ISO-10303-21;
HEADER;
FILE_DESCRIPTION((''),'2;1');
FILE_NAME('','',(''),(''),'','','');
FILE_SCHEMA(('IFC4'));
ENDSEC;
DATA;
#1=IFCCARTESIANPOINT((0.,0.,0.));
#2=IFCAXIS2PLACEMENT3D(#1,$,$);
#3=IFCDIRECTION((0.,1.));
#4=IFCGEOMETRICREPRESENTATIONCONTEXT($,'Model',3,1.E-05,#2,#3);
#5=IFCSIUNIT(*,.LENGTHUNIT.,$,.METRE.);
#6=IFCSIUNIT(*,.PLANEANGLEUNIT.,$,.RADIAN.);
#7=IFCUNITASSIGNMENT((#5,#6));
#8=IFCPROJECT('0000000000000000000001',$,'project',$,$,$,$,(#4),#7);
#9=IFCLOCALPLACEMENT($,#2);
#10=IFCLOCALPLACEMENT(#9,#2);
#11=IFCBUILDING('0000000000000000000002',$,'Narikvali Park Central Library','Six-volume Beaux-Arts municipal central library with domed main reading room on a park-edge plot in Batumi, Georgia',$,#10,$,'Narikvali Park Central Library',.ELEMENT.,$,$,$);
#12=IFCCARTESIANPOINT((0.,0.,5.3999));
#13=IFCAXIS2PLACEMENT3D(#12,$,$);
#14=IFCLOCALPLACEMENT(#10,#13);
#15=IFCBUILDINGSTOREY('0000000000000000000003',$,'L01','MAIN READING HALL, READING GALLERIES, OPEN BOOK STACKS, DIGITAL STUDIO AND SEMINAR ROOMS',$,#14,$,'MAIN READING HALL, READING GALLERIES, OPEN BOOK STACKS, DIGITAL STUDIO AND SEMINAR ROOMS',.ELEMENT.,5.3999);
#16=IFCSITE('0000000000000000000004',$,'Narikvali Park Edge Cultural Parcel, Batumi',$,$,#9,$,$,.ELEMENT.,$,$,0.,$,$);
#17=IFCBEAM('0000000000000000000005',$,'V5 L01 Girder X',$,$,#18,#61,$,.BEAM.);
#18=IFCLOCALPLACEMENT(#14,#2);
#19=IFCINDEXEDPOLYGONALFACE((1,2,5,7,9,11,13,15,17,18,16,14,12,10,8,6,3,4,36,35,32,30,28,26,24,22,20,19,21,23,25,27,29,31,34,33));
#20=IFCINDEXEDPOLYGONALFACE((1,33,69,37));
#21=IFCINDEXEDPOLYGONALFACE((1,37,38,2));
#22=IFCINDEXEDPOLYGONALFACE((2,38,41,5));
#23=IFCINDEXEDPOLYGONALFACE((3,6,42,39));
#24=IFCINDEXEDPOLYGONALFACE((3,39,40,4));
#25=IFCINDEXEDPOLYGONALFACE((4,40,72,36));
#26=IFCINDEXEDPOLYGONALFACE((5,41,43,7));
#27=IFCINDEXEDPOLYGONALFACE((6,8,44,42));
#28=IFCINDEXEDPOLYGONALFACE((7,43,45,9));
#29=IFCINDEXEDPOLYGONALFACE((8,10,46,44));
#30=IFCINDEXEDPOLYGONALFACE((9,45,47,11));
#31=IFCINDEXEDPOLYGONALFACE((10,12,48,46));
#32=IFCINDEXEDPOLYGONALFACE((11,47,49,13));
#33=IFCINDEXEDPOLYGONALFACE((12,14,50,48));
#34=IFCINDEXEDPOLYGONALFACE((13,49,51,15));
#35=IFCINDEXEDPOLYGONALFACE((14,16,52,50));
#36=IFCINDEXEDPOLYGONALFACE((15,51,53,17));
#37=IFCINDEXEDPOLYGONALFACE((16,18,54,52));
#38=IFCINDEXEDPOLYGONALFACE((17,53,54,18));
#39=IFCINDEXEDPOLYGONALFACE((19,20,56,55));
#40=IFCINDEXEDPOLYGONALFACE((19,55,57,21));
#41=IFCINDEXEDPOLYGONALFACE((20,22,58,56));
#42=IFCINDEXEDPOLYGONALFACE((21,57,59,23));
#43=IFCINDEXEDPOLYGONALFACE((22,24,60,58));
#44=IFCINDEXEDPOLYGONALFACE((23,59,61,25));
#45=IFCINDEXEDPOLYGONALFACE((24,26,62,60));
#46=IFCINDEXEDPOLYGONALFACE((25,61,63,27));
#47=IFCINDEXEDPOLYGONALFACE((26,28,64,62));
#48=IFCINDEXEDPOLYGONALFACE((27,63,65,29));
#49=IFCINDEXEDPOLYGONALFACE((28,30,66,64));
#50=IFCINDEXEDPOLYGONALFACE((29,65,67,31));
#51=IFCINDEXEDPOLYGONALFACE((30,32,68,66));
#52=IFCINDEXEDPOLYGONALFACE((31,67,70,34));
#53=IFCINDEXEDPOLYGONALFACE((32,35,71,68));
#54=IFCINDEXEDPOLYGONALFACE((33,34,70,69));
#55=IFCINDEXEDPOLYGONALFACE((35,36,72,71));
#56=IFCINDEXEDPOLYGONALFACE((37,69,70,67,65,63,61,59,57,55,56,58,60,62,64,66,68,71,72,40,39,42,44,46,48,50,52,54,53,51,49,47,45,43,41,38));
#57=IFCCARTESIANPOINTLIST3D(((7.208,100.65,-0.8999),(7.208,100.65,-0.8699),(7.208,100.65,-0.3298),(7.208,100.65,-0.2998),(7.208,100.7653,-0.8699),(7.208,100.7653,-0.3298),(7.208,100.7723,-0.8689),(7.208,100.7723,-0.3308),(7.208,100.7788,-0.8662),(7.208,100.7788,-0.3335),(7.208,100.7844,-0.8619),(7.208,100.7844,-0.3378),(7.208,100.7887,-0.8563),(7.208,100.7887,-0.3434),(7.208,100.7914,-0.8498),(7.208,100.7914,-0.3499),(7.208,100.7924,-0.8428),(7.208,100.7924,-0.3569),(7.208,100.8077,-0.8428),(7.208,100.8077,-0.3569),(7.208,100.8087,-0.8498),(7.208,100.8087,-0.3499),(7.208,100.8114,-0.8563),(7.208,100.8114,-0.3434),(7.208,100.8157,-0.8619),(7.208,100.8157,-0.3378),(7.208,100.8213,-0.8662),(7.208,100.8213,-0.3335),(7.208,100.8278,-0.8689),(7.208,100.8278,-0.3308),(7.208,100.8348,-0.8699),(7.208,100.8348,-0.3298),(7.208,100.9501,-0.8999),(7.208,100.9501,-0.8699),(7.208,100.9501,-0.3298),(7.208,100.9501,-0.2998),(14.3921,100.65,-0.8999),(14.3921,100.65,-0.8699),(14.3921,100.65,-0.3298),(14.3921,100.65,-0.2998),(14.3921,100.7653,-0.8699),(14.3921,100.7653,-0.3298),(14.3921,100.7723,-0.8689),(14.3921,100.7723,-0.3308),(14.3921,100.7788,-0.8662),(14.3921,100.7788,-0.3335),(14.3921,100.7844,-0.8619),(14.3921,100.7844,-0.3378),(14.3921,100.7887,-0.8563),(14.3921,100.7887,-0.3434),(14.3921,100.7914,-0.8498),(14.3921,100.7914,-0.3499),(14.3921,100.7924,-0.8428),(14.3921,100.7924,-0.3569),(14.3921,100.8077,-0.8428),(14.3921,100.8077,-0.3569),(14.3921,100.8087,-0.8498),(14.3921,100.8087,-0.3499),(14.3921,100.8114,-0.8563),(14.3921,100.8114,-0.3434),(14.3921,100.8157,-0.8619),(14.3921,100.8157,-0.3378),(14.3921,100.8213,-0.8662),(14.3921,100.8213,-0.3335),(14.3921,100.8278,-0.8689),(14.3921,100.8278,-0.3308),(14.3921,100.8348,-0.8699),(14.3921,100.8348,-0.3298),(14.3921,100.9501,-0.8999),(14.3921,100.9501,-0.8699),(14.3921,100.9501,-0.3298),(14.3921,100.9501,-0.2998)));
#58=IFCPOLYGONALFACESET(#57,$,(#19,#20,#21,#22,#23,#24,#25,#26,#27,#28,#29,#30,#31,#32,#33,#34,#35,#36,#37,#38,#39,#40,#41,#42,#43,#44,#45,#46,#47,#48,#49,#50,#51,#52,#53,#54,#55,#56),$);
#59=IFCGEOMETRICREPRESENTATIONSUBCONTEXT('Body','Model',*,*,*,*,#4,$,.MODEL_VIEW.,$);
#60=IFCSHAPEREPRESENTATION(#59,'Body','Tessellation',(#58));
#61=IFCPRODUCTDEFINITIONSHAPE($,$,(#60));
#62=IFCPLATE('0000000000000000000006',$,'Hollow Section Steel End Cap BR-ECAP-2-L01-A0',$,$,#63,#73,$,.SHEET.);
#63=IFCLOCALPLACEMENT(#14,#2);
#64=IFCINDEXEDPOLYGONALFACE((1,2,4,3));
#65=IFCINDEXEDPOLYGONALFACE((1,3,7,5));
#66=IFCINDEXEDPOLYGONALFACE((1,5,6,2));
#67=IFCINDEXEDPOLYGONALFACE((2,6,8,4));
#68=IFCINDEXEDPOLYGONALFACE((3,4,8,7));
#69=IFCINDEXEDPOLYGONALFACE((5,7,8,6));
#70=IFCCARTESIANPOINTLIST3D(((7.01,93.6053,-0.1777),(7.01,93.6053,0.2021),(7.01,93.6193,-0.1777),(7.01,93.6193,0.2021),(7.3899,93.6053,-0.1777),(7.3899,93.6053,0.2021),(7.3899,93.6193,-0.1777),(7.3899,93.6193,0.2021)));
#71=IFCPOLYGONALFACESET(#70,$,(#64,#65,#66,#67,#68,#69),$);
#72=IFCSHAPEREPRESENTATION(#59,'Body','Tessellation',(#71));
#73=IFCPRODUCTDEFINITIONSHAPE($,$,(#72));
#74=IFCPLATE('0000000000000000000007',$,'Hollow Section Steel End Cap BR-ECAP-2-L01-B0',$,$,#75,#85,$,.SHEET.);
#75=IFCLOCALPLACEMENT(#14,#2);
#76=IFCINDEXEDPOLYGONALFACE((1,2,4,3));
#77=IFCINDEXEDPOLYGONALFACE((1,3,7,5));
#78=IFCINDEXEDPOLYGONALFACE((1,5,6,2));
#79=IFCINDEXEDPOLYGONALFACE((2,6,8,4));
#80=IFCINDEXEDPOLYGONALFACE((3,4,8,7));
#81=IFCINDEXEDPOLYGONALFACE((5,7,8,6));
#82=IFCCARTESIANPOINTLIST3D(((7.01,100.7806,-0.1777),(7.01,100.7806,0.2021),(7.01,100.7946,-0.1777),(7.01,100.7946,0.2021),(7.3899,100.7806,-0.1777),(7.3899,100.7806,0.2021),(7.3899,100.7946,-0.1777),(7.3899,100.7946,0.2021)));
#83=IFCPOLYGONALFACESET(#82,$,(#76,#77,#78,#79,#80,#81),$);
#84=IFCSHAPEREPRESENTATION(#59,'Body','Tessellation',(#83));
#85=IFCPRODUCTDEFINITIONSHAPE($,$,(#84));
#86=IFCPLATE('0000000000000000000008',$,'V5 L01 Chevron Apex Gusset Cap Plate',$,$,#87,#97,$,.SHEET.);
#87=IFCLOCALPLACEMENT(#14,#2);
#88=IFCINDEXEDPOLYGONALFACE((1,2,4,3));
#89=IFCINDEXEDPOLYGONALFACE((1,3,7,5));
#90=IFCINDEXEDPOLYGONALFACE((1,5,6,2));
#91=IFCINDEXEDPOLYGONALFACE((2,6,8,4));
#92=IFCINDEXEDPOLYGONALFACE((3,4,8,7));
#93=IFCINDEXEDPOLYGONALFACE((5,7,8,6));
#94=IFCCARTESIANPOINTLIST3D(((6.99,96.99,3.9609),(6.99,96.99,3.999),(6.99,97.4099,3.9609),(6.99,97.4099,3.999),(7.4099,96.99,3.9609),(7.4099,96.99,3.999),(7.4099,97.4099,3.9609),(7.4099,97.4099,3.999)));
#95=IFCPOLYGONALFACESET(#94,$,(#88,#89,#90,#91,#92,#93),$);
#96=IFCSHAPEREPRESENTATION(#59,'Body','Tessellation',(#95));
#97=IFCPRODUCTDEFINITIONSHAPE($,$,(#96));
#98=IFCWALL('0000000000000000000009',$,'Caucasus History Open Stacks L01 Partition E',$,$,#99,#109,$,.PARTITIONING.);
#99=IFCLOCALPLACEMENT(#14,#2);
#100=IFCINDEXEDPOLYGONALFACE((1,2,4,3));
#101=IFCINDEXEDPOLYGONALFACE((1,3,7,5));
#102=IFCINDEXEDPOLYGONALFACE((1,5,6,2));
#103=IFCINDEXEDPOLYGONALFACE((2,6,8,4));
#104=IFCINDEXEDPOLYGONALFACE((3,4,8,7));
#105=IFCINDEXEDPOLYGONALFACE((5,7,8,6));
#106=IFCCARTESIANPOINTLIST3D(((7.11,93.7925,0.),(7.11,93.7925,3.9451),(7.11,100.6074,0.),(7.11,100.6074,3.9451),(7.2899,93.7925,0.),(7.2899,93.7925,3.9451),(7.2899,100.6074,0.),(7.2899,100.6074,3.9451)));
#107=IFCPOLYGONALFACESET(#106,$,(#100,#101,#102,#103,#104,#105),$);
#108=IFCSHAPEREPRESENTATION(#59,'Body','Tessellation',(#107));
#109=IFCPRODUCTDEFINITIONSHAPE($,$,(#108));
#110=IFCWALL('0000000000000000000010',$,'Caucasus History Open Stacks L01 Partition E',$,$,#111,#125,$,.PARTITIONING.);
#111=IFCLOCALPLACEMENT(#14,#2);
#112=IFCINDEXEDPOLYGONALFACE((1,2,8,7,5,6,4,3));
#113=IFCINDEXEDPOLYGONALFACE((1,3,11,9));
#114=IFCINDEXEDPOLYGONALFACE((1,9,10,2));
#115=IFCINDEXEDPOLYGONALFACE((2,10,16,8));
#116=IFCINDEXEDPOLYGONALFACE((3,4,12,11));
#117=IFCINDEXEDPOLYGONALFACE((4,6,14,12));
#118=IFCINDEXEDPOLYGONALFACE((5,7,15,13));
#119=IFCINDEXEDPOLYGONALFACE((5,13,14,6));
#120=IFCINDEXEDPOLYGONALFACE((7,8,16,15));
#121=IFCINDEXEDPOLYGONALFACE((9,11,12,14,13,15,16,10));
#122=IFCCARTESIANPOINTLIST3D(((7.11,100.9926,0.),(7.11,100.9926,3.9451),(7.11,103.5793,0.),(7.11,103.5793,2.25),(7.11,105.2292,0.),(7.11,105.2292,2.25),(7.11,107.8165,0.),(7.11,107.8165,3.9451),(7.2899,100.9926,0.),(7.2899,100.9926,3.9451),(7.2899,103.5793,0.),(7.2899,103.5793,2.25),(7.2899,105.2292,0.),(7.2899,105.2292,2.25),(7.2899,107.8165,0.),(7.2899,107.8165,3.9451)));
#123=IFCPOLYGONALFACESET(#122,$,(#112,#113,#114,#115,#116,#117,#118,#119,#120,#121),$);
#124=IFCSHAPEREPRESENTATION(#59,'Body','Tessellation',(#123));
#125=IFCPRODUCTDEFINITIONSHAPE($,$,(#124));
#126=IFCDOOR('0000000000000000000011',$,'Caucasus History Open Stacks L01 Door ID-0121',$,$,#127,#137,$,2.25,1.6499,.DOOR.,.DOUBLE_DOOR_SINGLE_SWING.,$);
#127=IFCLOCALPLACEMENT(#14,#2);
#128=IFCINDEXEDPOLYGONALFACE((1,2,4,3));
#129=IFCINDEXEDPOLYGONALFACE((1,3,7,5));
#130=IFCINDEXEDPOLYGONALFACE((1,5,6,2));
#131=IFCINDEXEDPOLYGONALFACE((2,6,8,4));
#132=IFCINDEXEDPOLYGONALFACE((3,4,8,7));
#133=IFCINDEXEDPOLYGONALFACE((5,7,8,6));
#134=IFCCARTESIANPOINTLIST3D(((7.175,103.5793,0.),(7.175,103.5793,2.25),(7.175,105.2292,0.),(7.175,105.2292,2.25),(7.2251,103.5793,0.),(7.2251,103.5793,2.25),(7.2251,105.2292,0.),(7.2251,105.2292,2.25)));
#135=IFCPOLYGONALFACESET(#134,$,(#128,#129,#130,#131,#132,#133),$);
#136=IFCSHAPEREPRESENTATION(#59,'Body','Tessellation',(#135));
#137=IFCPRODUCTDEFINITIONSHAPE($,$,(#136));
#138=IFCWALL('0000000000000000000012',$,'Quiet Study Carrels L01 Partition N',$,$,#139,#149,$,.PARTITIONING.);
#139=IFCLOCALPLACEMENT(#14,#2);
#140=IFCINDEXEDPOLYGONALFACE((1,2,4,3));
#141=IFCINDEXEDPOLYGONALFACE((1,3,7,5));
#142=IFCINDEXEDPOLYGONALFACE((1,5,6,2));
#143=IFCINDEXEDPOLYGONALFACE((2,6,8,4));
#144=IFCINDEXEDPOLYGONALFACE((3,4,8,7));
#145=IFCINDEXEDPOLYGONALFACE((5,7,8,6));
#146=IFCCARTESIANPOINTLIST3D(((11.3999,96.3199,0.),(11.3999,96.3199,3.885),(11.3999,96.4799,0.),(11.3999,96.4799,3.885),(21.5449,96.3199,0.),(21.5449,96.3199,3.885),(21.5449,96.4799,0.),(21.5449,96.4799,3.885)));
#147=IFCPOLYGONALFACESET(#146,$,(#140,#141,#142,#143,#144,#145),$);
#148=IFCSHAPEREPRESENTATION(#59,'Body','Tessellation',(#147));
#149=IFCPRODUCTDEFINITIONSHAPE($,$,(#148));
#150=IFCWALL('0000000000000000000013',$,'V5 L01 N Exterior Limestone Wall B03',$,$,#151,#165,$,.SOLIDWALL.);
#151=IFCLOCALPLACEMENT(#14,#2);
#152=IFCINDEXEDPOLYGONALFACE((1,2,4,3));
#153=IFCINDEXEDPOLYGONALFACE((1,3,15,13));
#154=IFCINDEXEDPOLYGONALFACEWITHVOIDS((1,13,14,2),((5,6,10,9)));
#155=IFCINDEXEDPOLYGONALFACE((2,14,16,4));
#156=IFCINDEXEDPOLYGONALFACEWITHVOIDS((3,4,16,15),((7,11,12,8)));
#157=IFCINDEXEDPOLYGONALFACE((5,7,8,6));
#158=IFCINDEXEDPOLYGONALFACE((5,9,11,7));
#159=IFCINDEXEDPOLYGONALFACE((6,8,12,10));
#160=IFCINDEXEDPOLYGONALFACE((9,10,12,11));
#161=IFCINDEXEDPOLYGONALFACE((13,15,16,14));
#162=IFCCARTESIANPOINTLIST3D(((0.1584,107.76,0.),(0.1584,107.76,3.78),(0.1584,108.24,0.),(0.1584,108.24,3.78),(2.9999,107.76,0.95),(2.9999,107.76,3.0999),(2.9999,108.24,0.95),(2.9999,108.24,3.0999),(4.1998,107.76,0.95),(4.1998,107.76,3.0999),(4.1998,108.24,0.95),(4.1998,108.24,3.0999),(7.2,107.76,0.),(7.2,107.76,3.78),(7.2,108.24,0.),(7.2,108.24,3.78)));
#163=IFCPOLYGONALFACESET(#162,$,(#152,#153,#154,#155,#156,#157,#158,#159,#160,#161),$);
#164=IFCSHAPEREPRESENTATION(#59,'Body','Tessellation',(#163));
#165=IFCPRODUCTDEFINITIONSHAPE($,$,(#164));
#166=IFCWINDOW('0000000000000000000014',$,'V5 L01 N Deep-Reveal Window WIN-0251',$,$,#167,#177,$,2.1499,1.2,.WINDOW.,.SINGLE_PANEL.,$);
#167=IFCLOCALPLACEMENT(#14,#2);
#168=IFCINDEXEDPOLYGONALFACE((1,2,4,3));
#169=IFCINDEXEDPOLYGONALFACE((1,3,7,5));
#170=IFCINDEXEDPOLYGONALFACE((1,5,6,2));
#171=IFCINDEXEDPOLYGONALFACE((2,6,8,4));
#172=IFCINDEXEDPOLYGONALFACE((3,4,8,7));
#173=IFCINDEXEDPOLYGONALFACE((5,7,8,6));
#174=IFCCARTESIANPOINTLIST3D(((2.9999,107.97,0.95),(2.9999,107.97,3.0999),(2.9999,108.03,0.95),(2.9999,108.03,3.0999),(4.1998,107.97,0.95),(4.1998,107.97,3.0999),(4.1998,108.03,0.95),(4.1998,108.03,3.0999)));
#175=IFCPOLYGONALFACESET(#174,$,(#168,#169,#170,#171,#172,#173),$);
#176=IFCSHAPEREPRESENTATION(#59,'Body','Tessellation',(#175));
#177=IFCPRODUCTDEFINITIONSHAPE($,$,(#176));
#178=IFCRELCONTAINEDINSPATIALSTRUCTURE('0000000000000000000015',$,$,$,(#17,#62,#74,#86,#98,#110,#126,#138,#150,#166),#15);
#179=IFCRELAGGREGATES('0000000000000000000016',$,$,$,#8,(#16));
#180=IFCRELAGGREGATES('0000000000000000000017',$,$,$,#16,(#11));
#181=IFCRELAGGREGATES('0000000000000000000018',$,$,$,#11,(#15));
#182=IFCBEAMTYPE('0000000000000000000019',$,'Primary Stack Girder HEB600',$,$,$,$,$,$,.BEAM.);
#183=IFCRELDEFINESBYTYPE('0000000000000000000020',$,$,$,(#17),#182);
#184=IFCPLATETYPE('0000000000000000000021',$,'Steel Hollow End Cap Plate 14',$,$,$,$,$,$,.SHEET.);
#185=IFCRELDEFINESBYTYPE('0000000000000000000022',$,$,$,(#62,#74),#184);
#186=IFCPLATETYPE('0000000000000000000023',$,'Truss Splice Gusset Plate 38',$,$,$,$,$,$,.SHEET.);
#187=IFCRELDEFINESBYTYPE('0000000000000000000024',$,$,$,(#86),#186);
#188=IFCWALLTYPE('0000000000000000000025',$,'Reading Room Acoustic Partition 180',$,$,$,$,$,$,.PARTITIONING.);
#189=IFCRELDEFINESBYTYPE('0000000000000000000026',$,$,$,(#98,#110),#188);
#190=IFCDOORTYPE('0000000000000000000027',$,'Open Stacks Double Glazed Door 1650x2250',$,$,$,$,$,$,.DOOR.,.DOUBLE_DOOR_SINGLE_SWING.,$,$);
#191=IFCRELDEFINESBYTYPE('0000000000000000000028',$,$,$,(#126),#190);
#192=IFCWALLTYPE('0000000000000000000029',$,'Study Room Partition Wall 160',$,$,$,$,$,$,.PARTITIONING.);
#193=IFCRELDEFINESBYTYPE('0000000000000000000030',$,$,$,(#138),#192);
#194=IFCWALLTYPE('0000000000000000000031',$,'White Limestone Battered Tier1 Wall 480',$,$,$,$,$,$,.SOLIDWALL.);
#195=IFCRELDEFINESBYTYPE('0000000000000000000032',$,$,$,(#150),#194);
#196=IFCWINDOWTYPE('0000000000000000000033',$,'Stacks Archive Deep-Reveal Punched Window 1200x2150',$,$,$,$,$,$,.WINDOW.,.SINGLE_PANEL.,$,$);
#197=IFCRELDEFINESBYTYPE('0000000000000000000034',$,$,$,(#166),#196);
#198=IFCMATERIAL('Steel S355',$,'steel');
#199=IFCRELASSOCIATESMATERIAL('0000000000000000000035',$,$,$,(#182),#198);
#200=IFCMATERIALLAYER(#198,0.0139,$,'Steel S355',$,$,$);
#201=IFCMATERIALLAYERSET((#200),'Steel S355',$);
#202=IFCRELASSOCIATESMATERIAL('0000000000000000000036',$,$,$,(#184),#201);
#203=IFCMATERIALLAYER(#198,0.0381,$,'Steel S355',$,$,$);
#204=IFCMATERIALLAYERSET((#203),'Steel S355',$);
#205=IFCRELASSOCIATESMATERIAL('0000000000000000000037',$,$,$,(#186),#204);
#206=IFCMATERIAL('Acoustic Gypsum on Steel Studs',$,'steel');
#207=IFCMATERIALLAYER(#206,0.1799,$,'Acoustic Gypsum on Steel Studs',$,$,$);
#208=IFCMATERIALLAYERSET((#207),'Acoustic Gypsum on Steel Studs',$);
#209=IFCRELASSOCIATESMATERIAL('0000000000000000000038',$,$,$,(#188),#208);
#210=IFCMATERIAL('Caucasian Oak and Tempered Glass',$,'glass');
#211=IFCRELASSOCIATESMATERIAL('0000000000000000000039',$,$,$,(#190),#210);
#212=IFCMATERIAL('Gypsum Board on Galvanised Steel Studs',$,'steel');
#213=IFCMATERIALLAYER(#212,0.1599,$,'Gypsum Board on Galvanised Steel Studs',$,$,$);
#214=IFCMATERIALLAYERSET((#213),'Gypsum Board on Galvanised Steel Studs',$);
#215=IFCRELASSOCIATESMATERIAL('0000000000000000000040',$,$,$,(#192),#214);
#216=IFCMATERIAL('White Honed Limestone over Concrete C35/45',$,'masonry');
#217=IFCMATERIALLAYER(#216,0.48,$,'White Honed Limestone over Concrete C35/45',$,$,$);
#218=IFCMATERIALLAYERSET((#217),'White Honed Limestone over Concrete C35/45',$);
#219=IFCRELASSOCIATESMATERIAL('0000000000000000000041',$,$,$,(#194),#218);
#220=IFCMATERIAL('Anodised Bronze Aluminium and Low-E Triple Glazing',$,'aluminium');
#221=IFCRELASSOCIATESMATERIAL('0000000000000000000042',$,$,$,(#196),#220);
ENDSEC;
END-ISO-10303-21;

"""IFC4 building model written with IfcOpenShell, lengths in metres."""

from ifc_helpers import new_model, si_unit, direction, frame, frame_2d, origin, origin_2d, place, context, subcontext, project, spatial, rectangle, i_section, extrude, material, layer, layer_set, material_profile, profile_set, type_object, element, fill, save


model = new_model("IFC4")

# Units and contexts
model_context = context("Model", 3, precision=1e-05, world=origin(), true_north=direction((0.0, 1.0)))
body_context = subcontext(model_context, "Body", "Model", "MODEL_VIEW")
ifc_project = project(units=[si_unit("LENGTHUNIT", "METRE"), si_unit("PLANEANGLEUNIT", "RADIAN")], contexts=[model_context])

# Site, building, storey
site_placement = place(None, origin())
site = spatial("IfcSite", under=ifc_project, at=site_placement, Name="Narikvali Park Edge Cultural Parcel, Batumi", CompositionType="ELEMENT", RefElevation=0.0)
building_placement = place(site_placement, origin())
building = spatial("IfcBuilding", under=site, at=building_placement, Name="Narikvali Park Central Library", Description="Six-volume Beaux-Arts municipal central library with domed main reading room on a park-edge plot in Batumi, Georgia", LongName="Narikvali Park Central Library", CompositionType="ELEMENT")
storey_placement = place(building_placement, frame((0.0, 0.0, 5.3999)))
storey = spatial("IfcBuildingStorey", under=building, at=storey_placement, Name="L01", Description="MAIN READING HALL, READING GALLERIES, OPEN BOOK STACKS, DIGITAL STUDIO AND SEMINAR ROOMS", LongName="MAIN READING HALL, READING GALLERIES, OPEN BOOK STACKS, DIGITAL STUDIO AND SEMINAR ROOMS", CompositionType="ELEMENT", Elevation=5.3999)

# Shared definitions
ifc_material_1 = material(Name="Steel S355", Category="steel")

# Beam
ifc_material_profile_1 = material_profile(ifc_material_1, i_section(OverallWidth=0.3, OverallDepth=0.6001, WebThickness=0.0154, FlangeThickness=0.03, FilletRadius=0.0271, at=origin_2d()), Name="HEB 600")
ifc_profile_set_1 = profile_set([ifc_material_profile_1], Name="Steel S355")
beam_type_1 = type_object("IfcBeamType", Name="Primary Stack Girder HEB600", PredefinedType="BEAM", material=ifc_profile_set_1)
beam_1_placement = place(storey_placement, frame((7.208, 100.8, -0.5999), z_axis=(1.0, 0.0, 0.0), x_axis=(0.0, 1.0, 0.0)))
element("IfcBeam", 1, at=beam_1_placement, inside=storey, type_object=beam_type_1, Name="V5 L01 Girder X", PredefinedType="BEAM", context=body_context, shape_type="SweptSolid", body=[
    extrude(i_section(OverallWidth=0.3, OverallDepth=0.6001, WebThickness=0.0154, FlangeThickness=0.03, FilletRadius=0.0271, at=origin_2d()), origin(), (0.0, 0.0, 1.0), 7.1841),
])

# Plates
ifc_layer_1 = layer(ifc_material_1, 0.0139, Name="Steel S355")
ifc_layer_set_1 = layer_set([ifc_layer_1], Name="Steel S355")
plate_type_1 = type_object("IfcPlateType", Name="Steel Hollow End Cap Plate 14", PredefinedType="SHEET", material=ifc_layer_set_1)
for number, where, z_axis, x_axis, name in (
    (2, (7.2, 93.6123, -0.1777), (0.0, 0.0, 1.0), (-1.0, 0.0, 0.0), "Hollow Section Steel End Cap BR-ECAP-2-L01-A0"),
    (3, (7.2, 100.7876, -0.1777), (0.0, 0.0, 1.0), (1.0, 0.0, 0.0), "Hollow Section Steel End Cap BR-ECAP-2-L01-B0"),
):
    element("IfcPlate", number, at=place(storey_placement, frame(where, z_axis=z_axis, x_axis=x_axis)), inside=storey, type_object=plate_type_1, Name=name, PredefinedType="SHEET", context=body_context, shape_type="SweptSolid", body=[
        extrude(rectangle(XDim=0.3799, YDim=0.0139, at=origin_2d()), origin(), (0.0, 0.0, 1.0), 0.3799),
    ])
ifc_layer_2 = layer(ifc_material_1, 0.0381, Name="Steel S355")
ifc_layer_set_2 = layer_set([ifc_layer_2], Name="Steel S355")
plate_type_2 = type_object("IfcPlateType", Name="Truss Splice Gusset Plate 38", PredefinedType="SHEET", material=ifc_layer_set_2)
plate_placement = place(storey_placement, frame((7.2, 97.2, 3.9609), z_axis=(0.0, 0.0, 1.0), x_axis=(1.0, 0.0, 0.0)))
element("IfcPlate", 4, at=plate_placement, inside=storey, type_object=plate_type_2, Name="V5 L01 Chevron Apex Gusset Cap Plate", PredefinedType="SHEET", context=body_context, shape_type="SweptSolid", body=[
    extrude(rectangle(XDim=0.4199, YDim=0.4199, at=origin_2d()), origin(), (0.0, 0.0, 1.0), 0.0381),
])

# Wall
ifc_material_2 = material(Name="Acoustic Gypsum on Steel Studs", Category="steel")
ifc_layer_3 = layer(ifc_material_2, 0.1799, Name="Acoustic Gypsum on Steel Studs")
ifc_layer_set_3 = layer_set([ifc_layer_3], Name="Acoustic Gypsum on Steel Studs")
wall_type_1 = type_object("IfcWallType", Name="Reading Room Acoustic Partition 180", PredefinedType="PARTITIONING", material=ifc_layer_set_3)
wall_1_placement = place(storey_placement, frame((7.2, 93.7925, 0.0), z_axis=(0.0, 0.0, 1.0), x_axis=(0.0, 1.0, 0.0)))
element("IfcWall", 5, at=wall_1_placement, inside=storey, type_object=wall_type_1, Name="Caucasus History Open Stacks L01 Partition E", PredefinedType="PARTITIONING", context=body_context, shape_type="SweptSolid", body=[
    extrude(rectangle(XDim=6.8149, YDim=0.1799, at=frame_2d((3.4075, 0.0))), origin(), (0.0, 0.0, 1.0), 3.9451),
])

# Wall, opening, door
wall_2_placement = place(storey_placement, frame((7.2, 100.9924, 0.0), z_axis=(0.0, 0.0, 1.0), x_axis=(0.0, 1.0, 0.0)))
wall_2 = element("IfcWall", 6, at=wall_2_placement, inside=storey, type_object=wall_type_1, Name="Caucasus History Open Stacks L01 Partition E", PredefinedType="PARTITIONING", context=body_context, shape_type="SweptSolid", body=[
    extrude(rectangle(XDim=6.824, YDim=0.1799, at=frame_2d((3.4121, 0.0))), origin(), (0.0, 0.0, 1.0), 3.9451),
])
opening_1_placement = place(wall_2_placement, frame((2.5869, 0.0, 0.0)))
opening_1 = element("IfcOpeningElement", 7, at=opening_1_placement, cuts=wall_2, PredefinedType="OPENING", context=body_context, shape_type="SweptSolid", body=[
    extrude(rectangle(XDim=1.6499, YDim=2.25, at=frame_2d((0.825, 1.125))), frame((0.0, 0.1021, 0.0), z_axis=(0.0, -1.0, 0.0), x_axis=(1.0, 0.0, 0.0)), (0.0, 0.0, 1.0), 0.2039),
])
ifc_material_3 = material(Name="Caucasian Oak and Tempered Glass", Category="glass")
door_type = type_object("IfcDoorType", Name="Open Stacks Double Glazed Door 1650x2250", OperationType="DOUBLE_DOOR_SINGLE_SWING", PredefinedType="DOOR", material=ifc_material_3)
door_placement = place(opening_1_placement, origin())
door = element("IfcDoor", 8, at=door_placement, inside=storey, type_object=door_type, Name="Caucasus History Open Stacks L01 Door ID-0121", OperationType="DOUBLE_DOOR_SINGLE_SWING", OverallHeight=2.25, OverallWidth=1.6499, PredefinedType="DOOR", context=body_context, shape_type="SweptSolid", body=[
    extrude(rectangle(XDim=1.6499, YDim=2.25, at=frame_2d((0.825, 1.125))), frame((0.0, 0.0249, 0.0), z_axis=(0.0, -1.0, 0.0), x_axis=(1.0, 0.0, 0.0)), (0.0, 0.0, 1.0), 0.05),
])
fill(opening_1, door)

# Wall
ifc_material_4 = material(Name="Gypsum Board on Galvanised Steel Studs", Category="steel")
ifc_layer_4 = layer(ifc_material_4, 0.1599, Name="Gypsum Board on Galvanised Steel Studs")
ifc_layer_set_4 = layer_set([ifc_layer_4], Name="Gypsum Board on Galvanised Steel Studs")
wall_type_2 = type_object("IfcWallType", Name="Study Room Partition Wall 160", PredefinedType="PARTITIONING", material=ifc_layer_set_4)
wall_3_placement = place(storey_placement, frame((11.3999, 96.3999, 0.0), z_axis=(0.0, 0.0, 1.0), x_axis=(1.0, 0.0, 0.0)))
element("IfcWall", 9, at=wall_3_placement, inside=storey, type_object=wall_type_2, Name="Quiet Study Carrels L01 Partition N", PredefinedType="PARTITIONING", context=body_context, shape_type="SweptSolid", body=[
    extrude(rectangle(XDim=10.145, YDim=0.1599, at=frame_2d((5.0725, 0.0))), origin(), (0.0, 0.0, 1.0), 3.885),
])

# Wall, opening, window
ifc_material_5 = material(Name="White Honed Limestone over Concrete C35/45", Category="masonry")
ifc_layer_5 = layer(ifc_material_5, 0.48, Name="White Honed Limestone over Concrete C35/45")
ifc_layer_set_5 = layer_set([ifc_layer_5], Name="White Honed Limestone over Concrete C35/45")
wall_type_3 = type_object("IfcWallType", Name="White Limestone Battered Tier1 Wall 480", PredefinedType="SOLIDWALL", material=ifc_layer_set_5)
wall_4_placement = place(storey_placement, frame((7.2, 108.0, 0.0), z_axis=(0.0, 0.0, 1.0), x_axis=(-1.0, 0.0, 0.0)))
wall_4 = element("IfcWall", 10, at=wall_4_placement, inside=storey, type_object=wall_type_3, Name="V5 L01 N Exterior Limestone Wall B03", PredefinedType="SOLIDWALL", context=body_context, shape_type="SweptSolid", body=[
    extrude(rectangle(XDim=7.0415, YDim=0.48, at=frame_2d((3.5208, 0.0))), origin(), (0.0, 0.0, 1.0), 3.78),
])
opening_2_placement = place(wall_4_placement, frame((3.0, 0.0, 0.95)))
opening_2 = element("IfcOpeningElement", 11, at=opening_2_placement, cuts=wall_4, PredefinedType="OPENING", context=body_context, shape_type="SweptSolid", body=[
    extrude(rectangle(XDim=1.2, YDim=2.1499, at=frame_2d((0.6001, 1.075))), frame((0.0, 0.252, 0.0), z_axis=(0.0, -1.0, 0.0), x_axis=(1.0, 0.0, 0.0)), (0.0, 0.0, 1.0), 0.5039),
])
ifc_material_6 = material(Name="Anodised Bronze Aluminium and Low-E Triple Glazing", Category="aluminium")
window_type = type_object("IfcWindowType", Name="Stacks Archive Deep-Reveal Punched Window 1200x2150", PartitioningType="SINGLE_PANEL", PredefinedType="WINDOW", material=ifc_material_6)
window_placement = place(opening_2_placement, origin())
window = element("IfcWindow", 12, at=window_placement, inside=storey, type_object=window_type, Name="V5 L01 N Deep-Reveal Window WIN-0251", OverallHeight=2.1499, OverallWidth=1.2, PartitioningType="SINGLE_PANEL", PredefinedType="WINDOW", context=body_context, shape_type="SweptSolid", body=[
    extrude(rectangle(XDim=1.2, YDim=2.1499, at=frame_2d((0.6001, 1.075))), frame((0.0, 0.03, 0.0), z_axis=(0.0, -1.0, 0.0), x_axis=(1.0, 0.0, 0.0)), (0.0, 0.0, 1.0), 0.0601),
])
fill(opening_2, window)

save(model, "model.ifc")
